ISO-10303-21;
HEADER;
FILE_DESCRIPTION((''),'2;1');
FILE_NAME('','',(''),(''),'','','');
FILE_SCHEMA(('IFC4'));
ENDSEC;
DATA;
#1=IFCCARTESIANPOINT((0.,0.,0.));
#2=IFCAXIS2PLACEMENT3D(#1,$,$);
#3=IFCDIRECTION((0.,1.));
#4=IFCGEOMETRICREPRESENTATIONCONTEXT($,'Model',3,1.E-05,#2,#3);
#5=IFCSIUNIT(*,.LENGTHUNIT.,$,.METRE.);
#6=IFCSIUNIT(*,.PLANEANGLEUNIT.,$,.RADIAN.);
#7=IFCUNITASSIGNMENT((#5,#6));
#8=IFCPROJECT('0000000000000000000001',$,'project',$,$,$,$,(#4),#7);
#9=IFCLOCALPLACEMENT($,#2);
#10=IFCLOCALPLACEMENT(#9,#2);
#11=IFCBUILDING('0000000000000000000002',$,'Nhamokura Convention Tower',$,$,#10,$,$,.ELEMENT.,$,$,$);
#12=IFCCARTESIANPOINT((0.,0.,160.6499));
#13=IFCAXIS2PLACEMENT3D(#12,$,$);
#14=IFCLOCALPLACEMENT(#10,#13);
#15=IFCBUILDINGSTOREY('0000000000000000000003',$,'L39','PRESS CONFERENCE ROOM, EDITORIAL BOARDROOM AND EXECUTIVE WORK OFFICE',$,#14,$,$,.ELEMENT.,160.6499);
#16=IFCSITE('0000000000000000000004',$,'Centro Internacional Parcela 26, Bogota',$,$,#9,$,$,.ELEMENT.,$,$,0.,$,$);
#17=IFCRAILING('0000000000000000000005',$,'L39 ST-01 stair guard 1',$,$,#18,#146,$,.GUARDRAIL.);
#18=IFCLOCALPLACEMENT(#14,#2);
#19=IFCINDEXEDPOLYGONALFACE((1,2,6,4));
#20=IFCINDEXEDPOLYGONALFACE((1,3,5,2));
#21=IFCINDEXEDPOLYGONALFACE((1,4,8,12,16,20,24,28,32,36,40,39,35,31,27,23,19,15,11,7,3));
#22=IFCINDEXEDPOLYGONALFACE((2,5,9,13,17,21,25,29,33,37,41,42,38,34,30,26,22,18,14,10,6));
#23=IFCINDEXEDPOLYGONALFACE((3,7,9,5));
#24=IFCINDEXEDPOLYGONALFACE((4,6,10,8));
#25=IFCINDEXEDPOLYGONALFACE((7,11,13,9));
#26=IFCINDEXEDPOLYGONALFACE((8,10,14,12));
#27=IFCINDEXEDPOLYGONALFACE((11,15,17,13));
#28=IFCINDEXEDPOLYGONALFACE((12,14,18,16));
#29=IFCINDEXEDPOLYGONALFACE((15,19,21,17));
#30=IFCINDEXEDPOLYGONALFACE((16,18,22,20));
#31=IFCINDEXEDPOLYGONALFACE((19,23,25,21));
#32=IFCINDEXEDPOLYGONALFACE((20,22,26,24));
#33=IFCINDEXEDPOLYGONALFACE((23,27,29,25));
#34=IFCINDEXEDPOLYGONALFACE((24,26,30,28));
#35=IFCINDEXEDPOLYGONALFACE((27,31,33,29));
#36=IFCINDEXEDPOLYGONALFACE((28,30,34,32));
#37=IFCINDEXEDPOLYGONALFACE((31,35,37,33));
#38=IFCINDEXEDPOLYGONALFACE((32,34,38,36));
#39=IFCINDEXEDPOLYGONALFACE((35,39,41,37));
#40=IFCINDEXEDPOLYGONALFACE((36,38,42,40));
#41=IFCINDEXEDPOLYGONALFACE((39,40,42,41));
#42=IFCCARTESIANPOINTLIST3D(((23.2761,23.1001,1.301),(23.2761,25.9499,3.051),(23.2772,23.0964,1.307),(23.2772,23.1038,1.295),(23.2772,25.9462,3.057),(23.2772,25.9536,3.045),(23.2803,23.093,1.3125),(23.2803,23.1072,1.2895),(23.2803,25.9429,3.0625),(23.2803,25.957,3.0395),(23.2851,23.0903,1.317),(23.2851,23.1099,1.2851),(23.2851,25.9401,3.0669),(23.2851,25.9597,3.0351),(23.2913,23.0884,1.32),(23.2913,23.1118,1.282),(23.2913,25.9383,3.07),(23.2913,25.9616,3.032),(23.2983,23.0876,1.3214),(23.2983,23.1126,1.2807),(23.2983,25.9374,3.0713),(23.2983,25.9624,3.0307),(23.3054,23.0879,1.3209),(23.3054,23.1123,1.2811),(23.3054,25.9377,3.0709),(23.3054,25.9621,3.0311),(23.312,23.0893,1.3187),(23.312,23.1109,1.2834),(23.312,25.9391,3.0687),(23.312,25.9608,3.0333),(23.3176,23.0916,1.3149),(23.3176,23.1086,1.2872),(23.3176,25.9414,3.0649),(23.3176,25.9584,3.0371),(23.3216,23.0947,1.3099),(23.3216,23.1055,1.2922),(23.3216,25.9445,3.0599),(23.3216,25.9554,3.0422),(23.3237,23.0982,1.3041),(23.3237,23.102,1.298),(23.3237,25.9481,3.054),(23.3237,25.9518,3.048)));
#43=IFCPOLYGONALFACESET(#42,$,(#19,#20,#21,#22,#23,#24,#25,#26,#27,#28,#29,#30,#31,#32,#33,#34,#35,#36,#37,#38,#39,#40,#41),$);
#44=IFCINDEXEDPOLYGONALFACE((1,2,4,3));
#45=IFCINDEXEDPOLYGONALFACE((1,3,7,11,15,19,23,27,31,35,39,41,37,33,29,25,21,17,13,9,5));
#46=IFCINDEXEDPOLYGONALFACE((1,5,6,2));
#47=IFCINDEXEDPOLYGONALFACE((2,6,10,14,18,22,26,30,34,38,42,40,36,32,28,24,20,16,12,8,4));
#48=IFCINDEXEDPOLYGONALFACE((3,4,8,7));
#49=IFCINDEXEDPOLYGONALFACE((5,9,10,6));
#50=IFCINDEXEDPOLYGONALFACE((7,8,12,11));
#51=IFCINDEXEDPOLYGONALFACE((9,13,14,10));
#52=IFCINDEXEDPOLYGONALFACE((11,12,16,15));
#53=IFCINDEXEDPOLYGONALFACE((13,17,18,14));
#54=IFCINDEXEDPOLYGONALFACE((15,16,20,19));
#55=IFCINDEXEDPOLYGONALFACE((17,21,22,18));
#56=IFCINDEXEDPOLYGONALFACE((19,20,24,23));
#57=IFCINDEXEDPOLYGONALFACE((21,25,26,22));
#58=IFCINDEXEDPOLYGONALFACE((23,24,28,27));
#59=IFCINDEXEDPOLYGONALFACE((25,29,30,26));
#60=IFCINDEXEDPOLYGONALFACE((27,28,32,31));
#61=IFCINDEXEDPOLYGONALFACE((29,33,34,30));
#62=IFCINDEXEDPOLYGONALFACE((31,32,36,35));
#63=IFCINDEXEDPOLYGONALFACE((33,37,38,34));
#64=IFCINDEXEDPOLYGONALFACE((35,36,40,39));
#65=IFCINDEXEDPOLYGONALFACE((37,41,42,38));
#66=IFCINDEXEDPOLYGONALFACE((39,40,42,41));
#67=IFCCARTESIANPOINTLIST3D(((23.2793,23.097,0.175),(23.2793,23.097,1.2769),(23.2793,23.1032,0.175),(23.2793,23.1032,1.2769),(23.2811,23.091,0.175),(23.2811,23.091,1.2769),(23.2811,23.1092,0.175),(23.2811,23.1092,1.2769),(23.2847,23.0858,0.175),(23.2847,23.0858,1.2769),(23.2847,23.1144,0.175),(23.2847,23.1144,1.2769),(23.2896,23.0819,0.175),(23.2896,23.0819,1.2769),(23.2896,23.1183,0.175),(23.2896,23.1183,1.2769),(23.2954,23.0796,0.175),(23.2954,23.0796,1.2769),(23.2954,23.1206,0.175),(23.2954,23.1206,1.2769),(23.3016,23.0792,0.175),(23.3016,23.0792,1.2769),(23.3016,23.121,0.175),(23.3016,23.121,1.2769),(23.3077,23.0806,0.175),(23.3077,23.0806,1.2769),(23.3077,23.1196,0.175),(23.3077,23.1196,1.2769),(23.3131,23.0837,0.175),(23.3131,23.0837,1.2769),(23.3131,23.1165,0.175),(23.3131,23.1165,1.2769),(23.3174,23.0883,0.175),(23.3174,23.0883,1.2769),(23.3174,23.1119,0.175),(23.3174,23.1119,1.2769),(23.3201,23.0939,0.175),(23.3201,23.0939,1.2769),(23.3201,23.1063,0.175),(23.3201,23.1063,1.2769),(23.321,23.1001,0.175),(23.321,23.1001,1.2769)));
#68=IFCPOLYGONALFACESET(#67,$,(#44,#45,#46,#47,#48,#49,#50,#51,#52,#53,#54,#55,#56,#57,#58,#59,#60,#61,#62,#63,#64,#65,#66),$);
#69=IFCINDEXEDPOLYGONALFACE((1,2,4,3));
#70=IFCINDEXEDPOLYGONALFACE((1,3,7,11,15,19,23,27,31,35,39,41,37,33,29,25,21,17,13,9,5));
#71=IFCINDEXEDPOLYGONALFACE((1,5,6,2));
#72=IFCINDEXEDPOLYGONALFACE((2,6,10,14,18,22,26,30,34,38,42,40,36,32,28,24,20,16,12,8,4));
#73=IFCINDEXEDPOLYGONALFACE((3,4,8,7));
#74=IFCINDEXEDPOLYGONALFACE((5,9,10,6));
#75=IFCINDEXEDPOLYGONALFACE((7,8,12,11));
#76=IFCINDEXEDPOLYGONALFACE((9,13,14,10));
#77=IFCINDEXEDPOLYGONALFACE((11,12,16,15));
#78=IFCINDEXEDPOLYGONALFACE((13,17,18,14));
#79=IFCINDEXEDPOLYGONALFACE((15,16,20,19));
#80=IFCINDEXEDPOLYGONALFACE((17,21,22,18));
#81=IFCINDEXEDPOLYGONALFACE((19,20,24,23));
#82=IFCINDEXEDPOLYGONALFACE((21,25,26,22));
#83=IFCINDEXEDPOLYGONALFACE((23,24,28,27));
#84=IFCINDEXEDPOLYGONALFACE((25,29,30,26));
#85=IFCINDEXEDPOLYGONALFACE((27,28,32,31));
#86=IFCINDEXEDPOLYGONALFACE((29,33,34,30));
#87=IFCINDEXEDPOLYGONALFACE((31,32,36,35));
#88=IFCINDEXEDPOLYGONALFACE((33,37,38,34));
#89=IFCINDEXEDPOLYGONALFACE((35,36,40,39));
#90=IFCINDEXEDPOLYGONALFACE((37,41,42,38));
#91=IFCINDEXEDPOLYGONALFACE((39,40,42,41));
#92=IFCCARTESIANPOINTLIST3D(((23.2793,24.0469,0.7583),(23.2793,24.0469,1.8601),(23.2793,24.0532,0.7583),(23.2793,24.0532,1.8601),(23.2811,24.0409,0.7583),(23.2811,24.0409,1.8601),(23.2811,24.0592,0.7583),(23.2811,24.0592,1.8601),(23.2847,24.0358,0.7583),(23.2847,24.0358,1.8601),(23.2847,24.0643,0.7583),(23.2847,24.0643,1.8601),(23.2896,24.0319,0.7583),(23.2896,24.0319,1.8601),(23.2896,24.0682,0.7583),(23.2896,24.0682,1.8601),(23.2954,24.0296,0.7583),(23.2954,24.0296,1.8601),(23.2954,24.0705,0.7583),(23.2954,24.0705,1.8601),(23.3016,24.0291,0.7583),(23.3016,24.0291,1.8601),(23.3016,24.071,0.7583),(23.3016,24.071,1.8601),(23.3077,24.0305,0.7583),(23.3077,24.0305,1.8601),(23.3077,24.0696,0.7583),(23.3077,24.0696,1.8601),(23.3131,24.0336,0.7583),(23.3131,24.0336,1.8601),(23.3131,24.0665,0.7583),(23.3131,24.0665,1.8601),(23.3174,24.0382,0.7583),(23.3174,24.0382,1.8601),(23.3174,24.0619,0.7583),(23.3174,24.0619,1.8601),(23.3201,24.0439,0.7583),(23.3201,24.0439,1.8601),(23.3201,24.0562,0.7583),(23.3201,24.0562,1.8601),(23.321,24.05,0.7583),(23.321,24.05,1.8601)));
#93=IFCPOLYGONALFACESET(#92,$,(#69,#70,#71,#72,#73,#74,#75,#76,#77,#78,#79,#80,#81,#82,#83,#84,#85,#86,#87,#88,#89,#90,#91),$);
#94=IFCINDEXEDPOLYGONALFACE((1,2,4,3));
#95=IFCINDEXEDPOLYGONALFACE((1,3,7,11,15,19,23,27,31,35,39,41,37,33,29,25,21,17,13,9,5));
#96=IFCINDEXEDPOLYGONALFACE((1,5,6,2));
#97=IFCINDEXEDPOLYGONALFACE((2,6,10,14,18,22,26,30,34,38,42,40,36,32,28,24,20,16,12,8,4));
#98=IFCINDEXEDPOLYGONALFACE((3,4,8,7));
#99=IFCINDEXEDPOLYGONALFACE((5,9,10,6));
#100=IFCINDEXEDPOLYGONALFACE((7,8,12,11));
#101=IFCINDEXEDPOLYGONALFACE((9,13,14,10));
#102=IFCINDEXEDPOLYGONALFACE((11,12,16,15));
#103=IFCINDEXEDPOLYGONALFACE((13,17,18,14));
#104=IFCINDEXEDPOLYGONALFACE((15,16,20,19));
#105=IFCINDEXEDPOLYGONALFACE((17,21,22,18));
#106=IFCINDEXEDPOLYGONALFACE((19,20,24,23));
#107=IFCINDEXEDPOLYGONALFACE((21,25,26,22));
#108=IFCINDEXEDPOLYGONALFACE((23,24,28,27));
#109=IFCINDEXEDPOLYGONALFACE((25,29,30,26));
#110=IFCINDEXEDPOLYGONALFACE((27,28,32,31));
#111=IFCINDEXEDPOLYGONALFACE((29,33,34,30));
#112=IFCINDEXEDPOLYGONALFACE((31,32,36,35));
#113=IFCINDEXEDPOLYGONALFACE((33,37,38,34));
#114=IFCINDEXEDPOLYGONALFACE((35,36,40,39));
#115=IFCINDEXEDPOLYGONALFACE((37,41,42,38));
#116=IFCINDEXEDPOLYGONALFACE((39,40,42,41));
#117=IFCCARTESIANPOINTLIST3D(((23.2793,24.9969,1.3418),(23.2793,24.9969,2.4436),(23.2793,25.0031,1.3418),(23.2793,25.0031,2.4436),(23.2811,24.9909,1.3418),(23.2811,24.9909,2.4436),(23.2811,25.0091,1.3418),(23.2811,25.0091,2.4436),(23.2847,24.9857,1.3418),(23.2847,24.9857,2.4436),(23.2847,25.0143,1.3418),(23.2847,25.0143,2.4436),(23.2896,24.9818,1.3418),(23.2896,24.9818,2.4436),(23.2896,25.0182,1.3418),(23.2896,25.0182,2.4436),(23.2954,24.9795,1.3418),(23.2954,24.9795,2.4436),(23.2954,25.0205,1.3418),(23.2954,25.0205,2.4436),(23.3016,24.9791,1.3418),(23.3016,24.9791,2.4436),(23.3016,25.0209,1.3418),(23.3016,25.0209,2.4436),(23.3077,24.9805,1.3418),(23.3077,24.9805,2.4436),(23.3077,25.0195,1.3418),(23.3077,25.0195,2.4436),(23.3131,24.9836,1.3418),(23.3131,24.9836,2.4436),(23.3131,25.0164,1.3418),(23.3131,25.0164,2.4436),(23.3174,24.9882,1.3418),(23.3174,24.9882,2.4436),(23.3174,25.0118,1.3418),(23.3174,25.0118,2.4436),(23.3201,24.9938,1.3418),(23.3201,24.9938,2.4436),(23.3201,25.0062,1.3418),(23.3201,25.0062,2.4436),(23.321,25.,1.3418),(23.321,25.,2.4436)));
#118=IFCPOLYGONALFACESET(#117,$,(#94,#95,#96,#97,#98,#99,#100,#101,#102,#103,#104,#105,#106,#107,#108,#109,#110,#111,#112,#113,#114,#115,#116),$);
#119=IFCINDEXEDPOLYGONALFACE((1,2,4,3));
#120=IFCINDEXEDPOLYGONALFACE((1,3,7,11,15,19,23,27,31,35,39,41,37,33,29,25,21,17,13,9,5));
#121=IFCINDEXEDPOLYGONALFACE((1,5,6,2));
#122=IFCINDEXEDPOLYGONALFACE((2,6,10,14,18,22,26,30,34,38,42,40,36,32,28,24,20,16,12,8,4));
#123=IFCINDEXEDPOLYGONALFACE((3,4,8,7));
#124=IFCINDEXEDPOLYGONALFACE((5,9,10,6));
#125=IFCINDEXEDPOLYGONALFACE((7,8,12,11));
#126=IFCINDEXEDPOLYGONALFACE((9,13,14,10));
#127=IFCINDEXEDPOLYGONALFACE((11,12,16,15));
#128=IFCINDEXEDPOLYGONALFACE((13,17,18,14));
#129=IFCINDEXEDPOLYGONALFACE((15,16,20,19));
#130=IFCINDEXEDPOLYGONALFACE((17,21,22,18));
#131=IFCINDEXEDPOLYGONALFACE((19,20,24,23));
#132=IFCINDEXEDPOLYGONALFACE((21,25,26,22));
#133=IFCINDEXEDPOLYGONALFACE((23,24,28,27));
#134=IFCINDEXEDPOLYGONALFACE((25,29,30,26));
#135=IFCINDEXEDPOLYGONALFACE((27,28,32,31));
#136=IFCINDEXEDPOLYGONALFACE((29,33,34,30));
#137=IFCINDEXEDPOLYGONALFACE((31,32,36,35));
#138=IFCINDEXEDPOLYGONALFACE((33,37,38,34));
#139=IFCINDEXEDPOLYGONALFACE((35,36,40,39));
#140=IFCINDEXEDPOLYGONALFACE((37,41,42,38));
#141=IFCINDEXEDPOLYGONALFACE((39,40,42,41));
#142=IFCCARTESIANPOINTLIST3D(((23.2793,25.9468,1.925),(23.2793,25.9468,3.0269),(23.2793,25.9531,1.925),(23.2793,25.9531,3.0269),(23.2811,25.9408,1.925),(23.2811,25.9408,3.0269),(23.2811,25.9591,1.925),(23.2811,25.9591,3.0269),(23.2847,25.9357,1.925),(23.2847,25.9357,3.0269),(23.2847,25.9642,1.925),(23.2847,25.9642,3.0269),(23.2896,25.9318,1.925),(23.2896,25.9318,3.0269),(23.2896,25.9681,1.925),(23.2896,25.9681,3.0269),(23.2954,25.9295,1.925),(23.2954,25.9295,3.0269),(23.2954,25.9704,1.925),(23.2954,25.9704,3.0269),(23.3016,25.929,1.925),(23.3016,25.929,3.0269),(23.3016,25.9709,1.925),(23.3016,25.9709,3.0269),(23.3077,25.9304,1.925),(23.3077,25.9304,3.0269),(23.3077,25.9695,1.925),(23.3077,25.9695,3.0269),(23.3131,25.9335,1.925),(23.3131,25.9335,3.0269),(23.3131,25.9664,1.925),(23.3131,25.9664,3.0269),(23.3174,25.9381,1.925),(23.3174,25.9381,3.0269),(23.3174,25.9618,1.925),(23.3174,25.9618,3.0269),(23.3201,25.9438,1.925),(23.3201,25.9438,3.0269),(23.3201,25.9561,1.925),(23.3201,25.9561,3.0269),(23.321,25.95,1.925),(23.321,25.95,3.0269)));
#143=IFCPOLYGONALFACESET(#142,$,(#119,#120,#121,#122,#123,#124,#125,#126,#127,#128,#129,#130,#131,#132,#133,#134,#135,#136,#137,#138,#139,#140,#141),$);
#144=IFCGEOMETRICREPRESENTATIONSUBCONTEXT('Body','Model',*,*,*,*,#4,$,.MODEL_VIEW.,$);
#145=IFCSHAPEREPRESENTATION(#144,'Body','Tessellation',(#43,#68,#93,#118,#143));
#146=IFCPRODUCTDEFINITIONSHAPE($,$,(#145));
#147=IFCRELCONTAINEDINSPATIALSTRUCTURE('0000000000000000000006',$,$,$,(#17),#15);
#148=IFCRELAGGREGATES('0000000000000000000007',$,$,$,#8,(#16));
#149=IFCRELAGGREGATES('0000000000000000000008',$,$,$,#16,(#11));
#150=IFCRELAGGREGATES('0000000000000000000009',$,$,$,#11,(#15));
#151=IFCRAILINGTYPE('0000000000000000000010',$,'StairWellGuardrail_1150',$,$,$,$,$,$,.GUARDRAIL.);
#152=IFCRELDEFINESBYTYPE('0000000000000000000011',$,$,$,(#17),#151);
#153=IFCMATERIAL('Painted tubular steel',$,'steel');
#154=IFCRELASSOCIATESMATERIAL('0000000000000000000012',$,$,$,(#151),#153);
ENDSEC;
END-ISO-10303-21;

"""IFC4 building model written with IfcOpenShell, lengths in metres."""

from ifc_helpers import new_model, si_unit, direction, frame, origin, origin_2d, place, context, subcontext, project, spatial, circle, extrude, material, type_object, element, save


model = new_model("IFC4")

# Units and contexts
model_context = context("Model", 3, precision=1e-05, world=origin(), true_north=direction((0.0, 1.0)))
body_context = subcontext(model_context, "Body", "Model", "MODEL_VIEW")
ifc_project = project(units=[si_unit("LENGTHUNIT", "METRE"), si_unit("PLANEANGLEUNIT", "RADIAN")], contexts=[model_context])

# Site, building, storey
site_placement = place(None, origin())
site = spatial("IfcSite", under=ifc_project, at=site_placement, Name="Centro Internacional Parcela 26, Bogota", CompositionType="ELEMENT", RefElevation=0.0)
building_placement = place(site_placement, origin())
building = spatial("IfcBuilding", under=site, at=building_placement, Name="Nhamokura Convention Tower", CompositionType="ELEMENT")
storey_placement = place(building_placement, frame((0.0, 0.0, 160.6499)))
storey = spatial("IfcBuildingStorey", under=building, at=storey_placement, Name="L39", Description="PRESS CONFERENCE ROOM, EDITORIAL BOARDROOM AND EXECUTIVE WORK OFFICE", CompositionType="ELEMENT", Elevation=160.6499)

# Railing
ifc_material_1 = material(Name="Painted tubular steel", Category="steel")
railing_type_1 = type_object("IfcRailingType", Name="StairWellGuardrail_1150", PredefinedType="GUARDRAIL", material=ifc_material_1)
railing_1_placement = place(storey_placement, frame((23.3, 23.1001, 0.175)))
element("IfcRailing", 1, at=railing_1_placement, inside=storey, type_object=railing_type_1, Name="L39 ST-01 stair guard 1", PredefinedType="GUARDRAIL", context=body_context, shape_type="SweptSolid", body=[
    extrude(circle(Radius=0.0239, at=origin_2d()), frame((0.0, 0.0, 1.126), z_axis=(0.0, 0.852159, 0.523283), x_axis=(-1.0, 0.0, 0.0)), (0.0, 0.0, 1.0), 3.3442),
    extrude(circle(Radius=0.021, at=origin_2d()), origin(), (0.0, 0.0, 1.0), 1.1018),
    extrude(circle(Radius=0.021, at=origin_2d()), frame((0.0, 0.95, 0.5833)), (0.0, 0.0, 1.0), 1.1018),
    extrude(circle(Radius=0.021, at=origin_2d()), frame((0.0, 1.8999, 1.1667)), (0.0, 0.0, 1.0), 1.1018),
    extrude(circle(Radius=0.021, at=origin_2d()), frame((0.0, 2.8499, 1.75)), (0.0, 0.0, 1.0), 1.1018),
])

save(model, "model.ifc")
